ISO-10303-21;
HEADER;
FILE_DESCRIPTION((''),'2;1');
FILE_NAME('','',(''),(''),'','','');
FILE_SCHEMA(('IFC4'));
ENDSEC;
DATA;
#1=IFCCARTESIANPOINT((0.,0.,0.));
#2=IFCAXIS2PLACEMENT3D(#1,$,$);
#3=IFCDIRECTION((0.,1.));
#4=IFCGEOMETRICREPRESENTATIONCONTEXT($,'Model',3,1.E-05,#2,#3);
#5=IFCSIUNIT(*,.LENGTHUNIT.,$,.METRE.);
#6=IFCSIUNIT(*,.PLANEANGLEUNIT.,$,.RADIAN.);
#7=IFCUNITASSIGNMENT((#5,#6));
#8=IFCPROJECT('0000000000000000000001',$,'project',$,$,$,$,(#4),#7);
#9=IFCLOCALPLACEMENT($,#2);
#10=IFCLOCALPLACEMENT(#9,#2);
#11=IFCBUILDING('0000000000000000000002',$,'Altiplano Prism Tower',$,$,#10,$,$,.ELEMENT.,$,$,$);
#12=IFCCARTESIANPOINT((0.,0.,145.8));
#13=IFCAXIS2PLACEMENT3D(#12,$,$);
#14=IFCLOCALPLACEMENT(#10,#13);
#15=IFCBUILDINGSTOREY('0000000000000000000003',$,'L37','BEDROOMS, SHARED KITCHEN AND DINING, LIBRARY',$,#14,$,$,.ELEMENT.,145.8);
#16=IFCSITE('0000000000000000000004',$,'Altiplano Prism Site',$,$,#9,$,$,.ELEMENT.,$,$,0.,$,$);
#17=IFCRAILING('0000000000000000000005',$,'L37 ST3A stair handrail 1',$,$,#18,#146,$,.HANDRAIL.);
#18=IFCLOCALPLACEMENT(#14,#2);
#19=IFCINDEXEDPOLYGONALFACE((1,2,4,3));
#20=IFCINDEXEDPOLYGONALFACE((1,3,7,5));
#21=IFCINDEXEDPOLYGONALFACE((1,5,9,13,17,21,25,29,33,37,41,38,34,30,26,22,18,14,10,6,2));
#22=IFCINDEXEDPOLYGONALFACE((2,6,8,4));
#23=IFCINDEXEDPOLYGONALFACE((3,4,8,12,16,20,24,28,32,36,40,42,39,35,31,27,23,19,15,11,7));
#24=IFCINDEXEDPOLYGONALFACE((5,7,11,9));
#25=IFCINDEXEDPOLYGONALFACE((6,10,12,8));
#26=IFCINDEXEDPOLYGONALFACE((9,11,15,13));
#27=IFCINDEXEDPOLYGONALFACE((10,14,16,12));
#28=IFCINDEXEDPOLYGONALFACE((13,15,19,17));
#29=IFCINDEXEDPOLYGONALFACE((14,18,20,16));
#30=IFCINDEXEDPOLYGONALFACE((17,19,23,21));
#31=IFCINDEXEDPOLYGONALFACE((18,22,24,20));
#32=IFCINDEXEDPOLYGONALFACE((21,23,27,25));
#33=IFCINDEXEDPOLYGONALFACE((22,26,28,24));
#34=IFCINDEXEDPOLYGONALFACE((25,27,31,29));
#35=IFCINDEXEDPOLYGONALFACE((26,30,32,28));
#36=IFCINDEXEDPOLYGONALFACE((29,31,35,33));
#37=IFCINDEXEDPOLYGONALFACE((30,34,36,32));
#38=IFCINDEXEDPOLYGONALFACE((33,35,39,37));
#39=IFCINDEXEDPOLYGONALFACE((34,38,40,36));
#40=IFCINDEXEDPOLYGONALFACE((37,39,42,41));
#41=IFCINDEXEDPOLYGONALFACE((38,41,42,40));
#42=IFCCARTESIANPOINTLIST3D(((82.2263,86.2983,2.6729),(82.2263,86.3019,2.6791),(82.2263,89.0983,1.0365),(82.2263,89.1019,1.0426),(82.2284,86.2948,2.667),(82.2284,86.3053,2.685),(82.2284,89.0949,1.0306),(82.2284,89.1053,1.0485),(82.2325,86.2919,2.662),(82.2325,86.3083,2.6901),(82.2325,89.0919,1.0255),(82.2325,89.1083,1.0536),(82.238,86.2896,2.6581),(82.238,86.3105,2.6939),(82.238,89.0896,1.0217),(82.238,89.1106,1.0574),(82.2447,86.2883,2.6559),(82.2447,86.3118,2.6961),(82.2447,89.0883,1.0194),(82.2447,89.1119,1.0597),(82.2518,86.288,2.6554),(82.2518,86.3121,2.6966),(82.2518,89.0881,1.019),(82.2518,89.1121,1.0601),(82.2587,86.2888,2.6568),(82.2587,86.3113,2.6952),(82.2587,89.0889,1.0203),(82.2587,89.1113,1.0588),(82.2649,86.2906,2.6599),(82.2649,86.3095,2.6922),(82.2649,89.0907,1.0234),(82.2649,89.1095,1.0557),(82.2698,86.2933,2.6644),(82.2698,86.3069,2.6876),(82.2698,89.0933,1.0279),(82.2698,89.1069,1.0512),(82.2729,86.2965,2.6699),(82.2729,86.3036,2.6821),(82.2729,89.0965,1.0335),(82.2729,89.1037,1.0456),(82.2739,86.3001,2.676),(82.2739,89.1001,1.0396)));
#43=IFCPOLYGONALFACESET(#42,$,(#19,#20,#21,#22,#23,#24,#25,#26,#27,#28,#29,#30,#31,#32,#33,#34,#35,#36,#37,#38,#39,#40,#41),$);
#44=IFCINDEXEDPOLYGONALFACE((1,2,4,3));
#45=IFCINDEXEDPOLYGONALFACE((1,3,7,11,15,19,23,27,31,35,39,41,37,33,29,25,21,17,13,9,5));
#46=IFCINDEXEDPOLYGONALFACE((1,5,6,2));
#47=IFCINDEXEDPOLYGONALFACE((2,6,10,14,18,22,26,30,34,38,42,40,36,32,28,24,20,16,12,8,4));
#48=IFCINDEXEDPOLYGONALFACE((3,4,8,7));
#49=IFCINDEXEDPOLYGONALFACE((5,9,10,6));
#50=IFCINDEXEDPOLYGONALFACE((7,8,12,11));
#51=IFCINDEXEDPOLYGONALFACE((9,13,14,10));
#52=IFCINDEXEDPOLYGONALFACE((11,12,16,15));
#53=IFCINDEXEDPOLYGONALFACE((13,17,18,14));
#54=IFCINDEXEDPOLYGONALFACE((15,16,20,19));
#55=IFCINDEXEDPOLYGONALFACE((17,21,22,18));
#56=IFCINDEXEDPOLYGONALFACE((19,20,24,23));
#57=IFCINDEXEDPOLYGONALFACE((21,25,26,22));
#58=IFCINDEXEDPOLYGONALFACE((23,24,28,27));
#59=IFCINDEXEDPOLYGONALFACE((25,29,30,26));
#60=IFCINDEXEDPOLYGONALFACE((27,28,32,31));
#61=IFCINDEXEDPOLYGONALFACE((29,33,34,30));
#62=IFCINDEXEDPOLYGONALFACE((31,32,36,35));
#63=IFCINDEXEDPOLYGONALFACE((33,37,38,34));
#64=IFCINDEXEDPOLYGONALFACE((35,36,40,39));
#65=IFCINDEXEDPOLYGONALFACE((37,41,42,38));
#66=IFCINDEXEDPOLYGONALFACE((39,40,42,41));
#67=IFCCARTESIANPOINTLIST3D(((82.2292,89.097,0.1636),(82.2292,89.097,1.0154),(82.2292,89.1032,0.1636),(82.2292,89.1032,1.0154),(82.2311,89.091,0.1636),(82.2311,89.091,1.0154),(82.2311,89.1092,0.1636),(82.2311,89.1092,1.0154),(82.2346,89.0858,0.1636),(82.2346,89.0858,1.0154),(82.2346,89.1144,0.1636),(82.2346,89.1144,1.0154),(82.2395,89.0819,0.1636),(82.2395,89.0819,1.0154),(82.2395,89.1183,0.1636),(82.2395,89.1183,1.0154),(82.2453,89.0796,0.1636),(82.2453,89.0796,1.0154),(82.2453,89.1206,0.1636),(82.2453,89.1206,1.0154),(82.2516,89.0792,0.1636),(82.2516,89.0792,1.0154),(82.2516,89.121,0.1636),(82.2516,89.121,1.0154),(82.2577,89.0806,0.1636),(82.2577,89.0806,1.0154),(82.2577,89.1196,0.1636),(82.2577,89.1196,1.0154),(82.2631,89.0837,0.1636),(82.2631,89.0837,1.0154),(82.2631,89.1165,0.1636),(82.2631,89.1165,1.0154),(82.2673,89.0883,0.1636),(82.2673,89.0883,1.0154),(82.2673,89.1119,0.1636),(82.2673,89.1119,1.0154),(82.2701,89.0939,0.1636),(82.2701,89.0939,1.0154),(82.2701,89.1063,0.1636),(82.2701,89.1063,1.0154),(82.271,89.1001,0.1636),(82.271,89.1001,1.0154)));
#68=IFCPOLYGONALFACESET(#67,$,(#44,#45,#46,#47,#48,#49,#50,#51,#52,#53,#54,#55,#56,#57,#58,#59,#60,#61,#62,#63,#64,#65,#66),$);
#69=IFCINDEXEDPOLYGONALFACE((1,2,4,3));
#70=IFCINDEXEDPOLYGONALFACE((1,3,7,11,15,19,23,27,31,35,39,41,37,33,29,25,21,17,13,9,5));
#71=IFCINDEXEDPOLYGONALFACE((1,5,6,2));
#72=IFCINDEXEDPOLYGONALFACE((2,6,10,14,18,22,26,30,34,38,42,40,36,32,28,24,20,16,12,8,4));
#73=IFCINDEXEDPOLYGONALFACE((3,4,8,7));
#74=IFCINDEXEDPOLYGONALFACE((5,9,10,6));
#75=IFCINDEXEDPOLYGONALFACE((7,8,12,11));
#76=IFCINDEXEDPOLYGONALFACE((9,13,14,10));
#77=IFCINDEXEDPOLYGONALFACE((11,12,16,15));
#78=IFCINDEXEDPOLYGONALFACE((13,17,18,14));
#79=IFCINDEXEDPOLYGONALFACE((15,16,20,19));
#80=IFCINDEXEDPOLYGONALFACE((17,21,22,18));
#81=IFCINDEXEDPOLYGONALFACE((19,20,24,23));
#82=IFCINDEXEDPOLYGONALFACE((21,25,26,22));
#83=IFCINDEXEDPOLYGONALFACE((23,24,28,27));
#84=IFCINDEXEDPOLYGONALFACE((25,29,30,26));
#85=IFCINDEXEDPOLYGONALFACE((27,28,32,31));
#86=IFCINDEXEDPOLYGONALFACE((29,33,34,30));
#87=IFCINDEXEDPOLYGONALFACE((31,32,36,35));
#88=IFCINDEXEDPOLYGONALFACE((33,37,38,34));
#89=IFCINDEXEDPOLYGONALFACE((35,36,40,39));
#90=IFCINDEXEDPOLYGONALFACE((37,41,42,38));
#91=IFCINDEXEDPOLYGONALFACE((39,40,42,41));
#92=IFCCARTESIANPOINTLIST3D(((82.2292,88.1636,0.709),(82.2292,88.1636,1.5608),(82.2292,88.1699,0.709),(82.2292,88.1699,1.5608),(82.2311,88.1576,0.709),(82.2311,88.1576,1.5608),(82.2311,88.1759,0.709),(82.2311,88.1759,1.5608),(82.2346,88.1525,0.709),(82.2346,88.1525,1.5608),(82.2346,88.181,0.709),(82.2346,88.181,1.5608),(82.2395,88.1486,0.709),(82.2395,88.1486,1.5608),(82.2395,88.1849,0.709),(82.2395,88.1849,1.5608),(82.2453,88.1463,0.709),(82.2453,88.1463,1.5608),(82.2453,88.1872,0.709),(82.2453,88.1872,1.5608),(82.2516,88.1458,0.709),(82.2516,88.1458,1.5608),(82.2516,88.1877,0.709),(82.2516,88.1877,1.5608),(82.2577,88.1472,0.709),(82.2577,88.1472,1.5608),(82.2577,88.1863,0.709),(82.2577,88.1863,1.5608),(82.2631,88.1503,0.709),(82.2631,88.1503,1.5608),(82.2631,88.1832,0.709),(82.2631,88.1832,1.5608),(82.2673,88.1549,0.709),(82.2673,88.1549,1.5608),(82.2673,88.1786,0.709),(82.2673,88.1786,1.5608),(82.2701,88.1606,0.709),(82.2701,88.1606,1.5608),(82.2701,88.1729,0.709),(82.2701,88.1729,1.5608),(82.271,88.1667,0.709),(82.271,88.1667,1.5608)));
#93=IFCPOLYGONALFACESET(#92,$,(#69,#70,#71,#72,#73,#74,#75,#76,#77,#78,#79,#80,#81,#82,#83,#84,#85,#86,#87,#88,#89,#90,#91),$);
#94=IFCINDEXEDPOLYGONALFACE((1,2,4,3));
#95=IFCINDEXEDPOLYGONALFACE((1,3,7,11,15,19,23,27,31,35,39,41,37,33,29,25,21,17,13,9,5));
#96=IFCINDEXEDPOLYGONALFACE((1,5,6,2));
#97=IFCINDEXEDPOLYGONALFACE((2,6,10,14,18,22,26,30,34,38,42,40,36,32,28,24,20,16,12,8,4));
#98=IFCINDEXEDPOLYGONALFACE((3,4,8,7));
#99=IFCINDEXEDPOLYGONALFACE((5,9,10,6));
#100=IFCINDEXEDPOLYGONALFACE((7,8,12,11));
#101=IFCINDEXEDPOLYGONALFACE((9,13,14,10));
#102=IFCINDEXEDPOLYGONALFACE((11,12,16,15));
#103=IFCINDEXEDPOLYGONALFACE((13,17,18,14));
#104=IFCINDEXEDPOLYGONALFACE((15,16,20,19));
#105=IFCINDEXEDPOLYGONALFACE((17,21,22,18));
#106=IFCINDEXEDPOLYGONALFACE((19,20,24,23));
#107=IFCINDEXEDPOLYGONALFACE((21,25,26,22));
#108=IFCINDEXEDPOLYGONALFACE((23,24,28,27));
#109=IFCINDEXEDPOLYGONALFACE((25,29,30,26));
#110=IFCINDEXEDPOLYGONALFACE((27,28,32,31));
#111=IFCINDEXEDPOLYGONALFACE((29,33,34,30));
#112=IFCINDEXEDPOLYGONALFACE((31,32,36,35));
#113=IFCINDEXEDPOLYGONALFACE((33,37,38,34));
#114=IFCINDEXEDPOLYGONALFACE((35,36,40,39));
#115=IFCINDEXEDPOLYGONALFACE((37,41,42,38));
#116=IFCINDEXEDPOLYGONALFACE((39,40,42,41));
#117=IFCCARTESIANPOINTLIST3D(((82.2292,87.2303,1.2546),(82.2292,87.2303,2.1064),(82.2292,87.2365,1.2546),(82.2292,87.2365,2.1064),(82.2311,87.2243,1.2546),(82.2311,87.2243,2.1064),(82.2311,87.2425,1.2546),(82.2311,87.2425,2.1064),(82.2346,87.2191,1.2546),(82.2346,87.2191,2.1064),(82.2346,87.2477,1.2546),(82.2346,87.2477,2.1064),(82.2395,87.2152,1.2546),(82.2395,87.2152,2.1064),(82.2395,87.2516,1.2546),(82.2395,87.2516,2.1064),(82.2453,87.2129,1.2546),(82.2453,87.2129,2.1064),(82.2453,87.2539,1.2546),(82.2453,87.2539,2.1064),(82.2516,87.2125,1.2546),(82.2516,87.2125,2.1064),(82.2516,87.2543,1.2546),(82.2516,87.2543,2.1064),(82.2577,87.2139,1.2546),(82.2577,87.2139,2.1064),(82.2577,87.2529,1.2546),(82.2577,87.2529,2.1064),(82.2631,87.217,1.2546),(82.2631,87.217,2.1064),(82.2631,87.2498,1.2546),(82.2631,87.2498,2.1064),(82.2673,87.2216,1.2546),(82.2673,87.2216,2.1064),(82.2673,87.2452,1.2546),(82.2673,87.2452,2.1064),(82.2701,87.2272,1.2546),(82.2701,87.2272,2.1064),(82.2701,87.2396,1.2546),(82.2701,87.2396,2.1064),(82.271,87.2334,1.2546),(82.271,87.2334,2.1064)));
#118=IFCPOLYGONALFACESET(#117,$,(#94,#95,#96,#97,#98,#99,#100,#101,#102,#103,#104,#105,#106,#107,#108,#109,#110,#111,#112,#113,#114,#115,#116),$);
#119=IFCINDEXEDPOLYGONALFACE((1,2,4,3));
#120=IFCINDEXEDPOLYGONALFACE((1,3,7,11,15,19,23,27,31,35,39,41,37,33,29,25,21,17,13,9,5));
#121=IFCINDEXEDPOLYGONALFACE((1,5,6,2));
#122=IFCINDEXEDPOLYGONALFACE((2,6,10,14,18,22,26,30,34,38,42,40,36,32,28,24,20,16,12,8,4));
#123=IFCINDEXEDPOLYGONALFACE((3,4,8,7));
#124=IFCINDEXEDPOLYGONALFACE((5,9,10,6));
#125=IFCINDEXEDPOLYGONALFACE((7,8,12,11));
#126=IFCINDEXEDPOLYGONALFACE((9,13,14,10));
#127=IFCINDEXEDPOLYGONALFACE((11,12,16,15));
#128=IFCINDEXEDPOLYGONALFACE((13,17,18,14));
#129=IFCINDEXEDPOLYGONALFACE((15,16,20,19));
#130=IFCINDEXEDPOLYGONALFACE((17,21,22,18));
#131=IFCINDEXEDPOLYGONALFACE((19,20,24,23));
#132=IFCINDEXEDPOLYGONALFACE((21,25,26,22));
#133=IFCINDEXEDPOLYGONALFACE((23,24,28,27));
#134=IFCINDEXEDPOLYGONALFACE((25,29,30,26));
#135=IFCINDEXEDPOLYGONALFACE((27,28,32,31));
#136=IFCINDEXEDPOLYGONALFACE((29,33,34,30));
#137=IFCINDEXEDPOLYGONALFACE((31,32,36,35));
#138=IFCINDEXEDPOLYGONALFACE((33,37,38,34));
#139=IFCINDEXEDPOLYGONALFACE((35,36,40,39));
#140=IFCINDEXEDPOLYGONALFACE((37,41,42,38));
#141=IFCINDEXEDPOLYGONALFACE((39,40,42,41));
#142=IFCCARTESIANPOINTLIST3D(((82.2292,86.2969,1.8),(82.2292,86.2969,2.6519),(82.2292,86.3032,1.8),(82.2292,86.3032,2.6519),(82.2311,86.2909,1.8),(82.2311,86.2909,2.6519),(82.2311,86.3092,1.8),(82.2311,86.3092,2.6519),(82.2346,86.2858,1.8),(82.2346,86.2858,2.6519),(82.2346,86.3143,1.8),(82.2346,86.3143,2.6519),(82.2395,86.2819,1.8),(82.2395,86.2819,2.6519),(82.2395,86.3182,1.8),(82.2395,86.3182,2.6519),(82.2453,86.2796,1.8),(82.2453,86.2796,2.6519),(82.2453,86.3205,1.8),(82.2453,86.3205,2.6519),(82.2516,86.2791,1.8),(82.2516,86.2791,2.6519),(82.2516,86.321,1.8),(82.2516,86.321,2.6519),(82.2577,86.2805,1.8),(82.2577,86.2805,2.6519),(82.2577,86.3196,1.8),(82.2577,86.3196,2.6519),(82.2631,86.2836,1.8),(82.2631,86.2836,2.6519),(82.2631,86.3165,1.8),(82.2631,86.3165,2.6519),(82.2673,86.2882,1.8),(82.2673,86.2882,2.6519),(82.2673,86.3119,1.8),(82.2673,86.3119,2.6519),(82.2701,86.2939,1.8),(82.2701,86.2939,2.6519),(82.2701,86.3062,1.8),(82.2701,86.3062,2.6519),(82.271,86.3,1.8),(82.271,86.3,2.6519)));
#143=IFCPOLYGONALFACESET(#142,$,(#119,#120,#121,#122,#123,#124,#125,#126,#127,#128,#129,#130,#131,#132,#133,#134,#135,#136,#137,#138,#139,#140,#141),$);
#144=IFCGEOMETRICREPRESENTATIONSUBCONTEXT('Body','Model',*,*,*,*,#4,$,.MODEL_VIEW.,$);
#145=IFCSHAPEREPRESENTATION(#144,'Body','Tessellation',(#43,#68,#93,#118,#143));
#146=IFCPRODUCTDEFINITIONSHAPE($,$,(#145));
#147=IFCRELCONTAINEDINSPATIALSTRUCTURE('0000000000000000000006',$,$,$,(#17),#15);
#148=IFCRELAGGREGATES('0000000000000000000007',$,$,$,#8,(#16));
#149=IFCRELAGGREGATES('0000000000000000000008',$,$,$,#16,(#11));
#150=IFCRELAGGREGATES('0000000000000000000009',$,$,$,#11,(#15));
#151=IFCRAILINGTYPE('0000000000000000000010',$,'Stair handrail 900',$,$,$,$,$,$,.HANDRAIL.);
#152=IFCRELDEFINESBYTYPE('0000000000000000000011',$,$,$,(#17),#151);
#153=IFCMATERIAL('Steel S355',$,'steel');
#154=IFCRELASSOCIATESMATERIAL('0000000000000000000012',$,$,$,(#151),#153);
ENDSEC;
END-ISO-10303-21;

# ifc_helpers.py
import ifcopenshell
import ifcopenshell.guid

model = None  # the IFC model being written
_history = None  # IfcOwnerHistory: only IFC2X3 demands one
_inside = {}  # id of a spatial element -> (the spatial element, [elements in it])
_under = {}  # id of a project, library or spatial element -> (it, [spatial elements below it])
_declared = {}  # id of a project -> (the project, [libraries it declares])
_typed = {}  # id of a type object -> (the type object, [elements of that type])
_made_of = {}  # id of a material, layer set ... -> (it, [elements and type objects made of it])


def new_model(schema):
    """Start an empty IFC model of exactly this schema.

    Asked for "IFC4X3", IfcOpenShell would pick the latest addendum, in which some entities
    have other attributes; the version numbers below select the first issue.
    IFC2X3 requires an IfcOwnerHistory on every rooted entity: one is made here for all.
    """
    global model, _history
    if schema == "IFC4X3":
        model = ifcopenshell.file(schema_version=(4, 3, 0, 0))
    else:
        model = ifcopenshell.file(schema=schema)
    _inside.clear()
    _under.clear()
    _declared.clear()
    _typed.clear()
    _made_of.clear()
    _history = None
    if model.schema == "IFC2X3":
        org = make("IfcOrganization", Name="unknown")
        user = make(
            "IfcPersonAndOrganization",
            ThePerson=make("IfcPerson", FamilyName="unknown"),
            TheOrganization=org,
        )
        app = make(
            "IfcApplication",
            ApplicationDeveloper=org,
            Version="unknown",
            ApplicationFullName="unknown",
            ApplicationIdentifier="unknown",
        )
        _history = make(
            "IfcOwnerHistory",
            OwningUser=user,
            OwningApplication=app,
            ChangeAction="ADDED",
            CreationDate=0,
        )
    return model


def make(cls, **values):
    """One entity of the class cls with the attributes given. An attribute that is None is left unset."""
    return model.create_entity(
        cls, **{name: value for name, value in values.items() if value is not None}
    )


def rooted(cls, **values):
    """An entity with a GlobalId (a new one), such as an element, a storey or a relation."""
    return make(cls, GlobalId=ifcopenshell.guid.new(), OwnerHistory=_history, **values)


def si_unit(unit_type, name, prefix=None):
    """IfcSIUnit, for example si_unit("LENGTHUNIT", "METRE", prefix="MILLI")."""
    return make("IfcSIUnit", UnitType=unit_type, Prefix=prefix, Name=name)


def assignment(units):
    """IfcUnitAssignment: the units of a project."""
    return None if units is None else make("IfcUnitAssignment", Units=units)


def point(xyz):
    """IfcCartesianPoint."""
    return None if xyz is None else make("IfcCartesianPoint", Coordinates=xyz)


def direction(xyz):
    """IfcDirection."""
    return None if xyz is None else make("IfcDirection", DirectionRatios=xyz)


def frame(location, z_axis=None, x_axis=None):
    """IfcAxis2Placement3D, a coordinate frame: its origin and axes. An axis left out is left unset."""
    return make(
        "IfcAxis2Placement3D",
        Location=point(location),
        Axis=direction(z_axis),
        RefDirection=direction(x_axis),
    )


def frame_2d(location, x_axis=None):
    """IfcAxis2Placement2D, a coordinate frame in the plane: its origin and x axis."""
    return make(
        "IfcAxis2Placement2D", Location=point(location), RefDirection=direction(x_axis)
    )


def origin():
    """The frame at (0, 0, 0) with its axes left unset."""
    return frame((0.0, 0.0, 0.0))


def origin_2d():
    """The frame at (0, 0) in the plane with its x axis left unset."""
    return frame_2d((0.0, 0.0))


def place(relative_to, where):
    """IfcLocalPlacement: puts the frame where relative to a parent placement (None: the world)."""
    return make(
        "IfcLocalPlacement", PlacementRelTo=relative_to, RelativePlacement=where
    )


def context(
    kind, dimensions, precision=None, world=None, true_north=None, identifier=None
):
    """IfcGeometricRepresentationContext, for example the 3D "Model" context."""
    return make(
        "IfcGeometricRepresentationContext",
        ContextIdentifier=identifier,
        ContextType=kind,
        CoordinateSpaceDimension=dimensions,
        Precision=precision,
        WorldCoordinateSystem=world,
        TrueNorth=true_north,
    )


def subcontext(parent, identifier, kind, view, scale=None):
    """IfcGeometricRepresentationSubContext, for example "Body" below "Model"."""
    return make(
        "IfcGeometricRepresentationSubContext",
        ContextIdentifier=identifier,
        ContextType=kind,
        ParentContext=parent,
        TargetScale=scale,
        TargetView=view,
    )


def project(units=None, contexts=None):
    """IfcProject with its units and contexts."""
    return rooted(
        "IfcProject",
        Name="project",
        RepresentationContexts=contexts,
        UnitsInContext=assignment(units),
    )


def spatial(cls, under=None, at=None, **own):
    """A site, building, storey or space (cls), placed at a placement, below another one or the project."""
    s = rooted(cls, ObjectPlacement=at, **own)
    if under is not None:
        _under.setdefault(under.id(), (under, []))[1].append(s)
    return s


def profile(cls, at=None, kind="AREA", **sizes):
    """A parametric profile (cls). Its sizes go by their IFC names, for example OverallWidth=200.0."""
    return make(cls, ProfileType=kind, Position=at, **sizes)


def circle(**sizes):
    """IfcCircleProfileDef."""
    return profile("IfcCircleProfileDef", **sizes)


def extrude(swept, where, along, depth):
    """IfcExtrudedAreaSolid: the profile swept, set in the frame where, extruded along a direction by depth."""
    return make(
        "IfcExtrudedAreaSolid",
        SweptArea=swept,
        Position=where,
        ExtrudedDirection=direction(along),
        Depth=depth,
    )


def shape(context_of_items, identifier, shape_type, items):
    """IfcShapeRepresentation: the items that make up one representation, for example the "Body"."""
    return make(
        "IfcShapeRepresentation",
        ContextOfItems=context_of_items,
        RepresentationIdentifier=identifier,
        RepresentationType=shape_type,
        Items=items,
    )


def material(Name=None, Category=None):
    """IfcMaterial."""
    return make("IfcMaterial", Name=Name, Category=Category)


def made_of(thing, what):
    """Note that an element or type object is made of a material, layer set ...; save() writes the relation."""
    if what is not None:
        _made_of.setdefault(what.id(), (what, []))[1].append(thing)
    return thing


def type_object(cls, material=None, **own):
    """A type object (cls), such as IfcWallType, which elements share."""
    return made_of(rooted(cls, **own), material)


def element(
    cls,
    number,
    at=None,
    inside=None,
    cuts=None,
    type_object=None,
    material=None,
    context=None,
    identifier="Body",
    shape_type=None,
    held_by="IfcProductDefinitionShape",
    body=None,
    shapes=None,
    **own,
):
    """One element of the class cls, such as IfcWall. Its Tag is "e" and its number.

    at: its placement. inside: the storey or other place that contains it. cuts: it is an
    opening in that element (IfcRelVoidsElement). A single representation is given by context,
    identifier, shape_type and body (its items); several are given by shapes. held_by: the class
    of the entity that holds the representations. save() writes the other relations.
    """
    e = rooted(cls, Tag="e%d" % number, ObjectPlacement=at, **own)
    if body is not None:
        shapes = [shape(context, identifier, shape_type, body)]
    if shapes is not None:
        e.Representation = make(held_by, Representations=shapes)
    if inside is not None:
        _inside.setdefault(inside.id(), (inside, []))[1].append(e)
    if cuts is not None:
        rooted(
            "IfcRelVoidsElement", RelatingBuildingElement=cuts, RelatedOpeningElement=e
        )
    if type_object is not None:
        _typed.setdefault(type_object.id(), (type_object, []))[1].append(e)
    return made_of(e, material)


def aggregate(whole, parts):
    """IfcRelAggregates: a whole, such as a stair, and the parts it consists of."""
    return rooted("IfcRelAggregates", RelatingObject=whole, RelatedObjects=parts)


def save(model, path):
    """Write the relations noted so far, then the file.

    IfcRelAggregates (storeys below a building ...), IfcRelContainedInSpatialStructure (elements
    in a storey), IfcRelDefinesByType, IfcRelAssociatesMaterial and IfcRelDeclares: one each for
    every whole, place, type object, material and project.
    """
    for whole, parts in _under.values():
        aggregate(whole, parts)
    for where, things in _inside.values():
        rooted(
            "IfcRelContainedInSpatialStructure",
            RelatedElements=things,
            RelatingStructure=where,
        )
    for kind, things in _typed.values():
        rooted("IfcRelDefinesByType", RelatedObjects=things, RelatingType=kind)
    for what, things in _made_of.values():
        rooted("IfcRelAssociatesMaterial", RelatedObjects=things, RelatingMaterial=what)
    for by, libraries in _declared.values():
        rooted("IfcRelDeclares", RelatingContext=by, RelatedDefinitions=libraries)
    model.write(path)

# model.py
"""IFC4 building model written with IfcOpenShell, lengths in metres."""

from ifc_helpers import new_model, si_unit, direction, frame, origin, origin_2d, place, context, subcontext, project, spatial, circle, extrude, material, type_object, element, save


model = new_model("IFC4")

# Units and contexts
model_context = context("Model", 3, precision=1e-05, world=origin(), true_north=direction((0.0, 1.0)))
body_context = subcontext(model_context, "Body", "Model", "MODEL_VIEW")
ifc_project = project(units=[si_unit("LENGTHUNIT", "METRE"), si_unit("PLANEANGLEUNIT", "RADIAN")], contexts=[model_context])

# Site, building, storey
site_placement = place(None, origin())
site = spatial("IfcSite", under=ifc_project, at=site_placement, Name="Altiplano Prism Site", CompositionType="ELEMENT", RefElevation=0.0)
building_placement = place(site_placement, origin())
building = spatial("IfcBuilding", under=site, at=building_placement, Name="Altiplano Prism Tower", CompositionType="ELEMENT")
storey_placement = place(building_placement, frame((0.0, 0.0, 145.8)))
storey = spatial("IfcBuildingStorey", under=building, at=storey_placement, Name="L37", Description="BEDROOMS, SHARED KITCHEN AND DINING, LIBRARY", CompositionType="ELEMENT", Elevation=145.8)

# Railing
ifc_material_1 = material(Name="Steel S355", Category="steel")
railing_type_1 = type_object("IfcRailingType", Name="Stair handrail 900", PredefinedType="HANDRAIL", material=ifc_material_1)
for number, where, name in (
    (1, (82.25, 89.1001, 0.1636), "L37 ST3A stair handrail 1"),
):
    element("IfcRailing", number, at=place(storey_placement, frame(where)), inside=storey, type_object=railing_type_1, Name=name, PredefinedType="HANDRAIL", context=body_context, shape_type="SweptSolid", body=[
        extrude(circle(Radius=0.0239, at=origin_2d()), frame((0.0, 0.0, 0.876), z_axis=(0.0, -0.863361, 0.504587), x_axis=(1.0, 0.0, 0.0)), (0.0, 0.0, 1.0), 3.2432),
        extrude(circle(Radius=0.021, at=origin_2d()), origin(), (0.0, 0.0, 1.0), 0.8518),
        extrude(circle(Radius=0.021, at=origin_2d()), frame((0.0, -0.9333, 0.5454)), (0.0, 0.0, 1.0), 0.8518),
        extrude(circle(Radius=0.021, at=origin_2d()), frame((0.0, -1.8667, 1.0911)), (0.0, 0.0, 1.0), 0.8518),
        extrude(circle(Radius=0.021, at=origin_2d()), frame((0.0, -2.8, 1.6365)), (0.0, 0.0, 1.0), 0.8518),
    ])

save(model, "model.ifc")
